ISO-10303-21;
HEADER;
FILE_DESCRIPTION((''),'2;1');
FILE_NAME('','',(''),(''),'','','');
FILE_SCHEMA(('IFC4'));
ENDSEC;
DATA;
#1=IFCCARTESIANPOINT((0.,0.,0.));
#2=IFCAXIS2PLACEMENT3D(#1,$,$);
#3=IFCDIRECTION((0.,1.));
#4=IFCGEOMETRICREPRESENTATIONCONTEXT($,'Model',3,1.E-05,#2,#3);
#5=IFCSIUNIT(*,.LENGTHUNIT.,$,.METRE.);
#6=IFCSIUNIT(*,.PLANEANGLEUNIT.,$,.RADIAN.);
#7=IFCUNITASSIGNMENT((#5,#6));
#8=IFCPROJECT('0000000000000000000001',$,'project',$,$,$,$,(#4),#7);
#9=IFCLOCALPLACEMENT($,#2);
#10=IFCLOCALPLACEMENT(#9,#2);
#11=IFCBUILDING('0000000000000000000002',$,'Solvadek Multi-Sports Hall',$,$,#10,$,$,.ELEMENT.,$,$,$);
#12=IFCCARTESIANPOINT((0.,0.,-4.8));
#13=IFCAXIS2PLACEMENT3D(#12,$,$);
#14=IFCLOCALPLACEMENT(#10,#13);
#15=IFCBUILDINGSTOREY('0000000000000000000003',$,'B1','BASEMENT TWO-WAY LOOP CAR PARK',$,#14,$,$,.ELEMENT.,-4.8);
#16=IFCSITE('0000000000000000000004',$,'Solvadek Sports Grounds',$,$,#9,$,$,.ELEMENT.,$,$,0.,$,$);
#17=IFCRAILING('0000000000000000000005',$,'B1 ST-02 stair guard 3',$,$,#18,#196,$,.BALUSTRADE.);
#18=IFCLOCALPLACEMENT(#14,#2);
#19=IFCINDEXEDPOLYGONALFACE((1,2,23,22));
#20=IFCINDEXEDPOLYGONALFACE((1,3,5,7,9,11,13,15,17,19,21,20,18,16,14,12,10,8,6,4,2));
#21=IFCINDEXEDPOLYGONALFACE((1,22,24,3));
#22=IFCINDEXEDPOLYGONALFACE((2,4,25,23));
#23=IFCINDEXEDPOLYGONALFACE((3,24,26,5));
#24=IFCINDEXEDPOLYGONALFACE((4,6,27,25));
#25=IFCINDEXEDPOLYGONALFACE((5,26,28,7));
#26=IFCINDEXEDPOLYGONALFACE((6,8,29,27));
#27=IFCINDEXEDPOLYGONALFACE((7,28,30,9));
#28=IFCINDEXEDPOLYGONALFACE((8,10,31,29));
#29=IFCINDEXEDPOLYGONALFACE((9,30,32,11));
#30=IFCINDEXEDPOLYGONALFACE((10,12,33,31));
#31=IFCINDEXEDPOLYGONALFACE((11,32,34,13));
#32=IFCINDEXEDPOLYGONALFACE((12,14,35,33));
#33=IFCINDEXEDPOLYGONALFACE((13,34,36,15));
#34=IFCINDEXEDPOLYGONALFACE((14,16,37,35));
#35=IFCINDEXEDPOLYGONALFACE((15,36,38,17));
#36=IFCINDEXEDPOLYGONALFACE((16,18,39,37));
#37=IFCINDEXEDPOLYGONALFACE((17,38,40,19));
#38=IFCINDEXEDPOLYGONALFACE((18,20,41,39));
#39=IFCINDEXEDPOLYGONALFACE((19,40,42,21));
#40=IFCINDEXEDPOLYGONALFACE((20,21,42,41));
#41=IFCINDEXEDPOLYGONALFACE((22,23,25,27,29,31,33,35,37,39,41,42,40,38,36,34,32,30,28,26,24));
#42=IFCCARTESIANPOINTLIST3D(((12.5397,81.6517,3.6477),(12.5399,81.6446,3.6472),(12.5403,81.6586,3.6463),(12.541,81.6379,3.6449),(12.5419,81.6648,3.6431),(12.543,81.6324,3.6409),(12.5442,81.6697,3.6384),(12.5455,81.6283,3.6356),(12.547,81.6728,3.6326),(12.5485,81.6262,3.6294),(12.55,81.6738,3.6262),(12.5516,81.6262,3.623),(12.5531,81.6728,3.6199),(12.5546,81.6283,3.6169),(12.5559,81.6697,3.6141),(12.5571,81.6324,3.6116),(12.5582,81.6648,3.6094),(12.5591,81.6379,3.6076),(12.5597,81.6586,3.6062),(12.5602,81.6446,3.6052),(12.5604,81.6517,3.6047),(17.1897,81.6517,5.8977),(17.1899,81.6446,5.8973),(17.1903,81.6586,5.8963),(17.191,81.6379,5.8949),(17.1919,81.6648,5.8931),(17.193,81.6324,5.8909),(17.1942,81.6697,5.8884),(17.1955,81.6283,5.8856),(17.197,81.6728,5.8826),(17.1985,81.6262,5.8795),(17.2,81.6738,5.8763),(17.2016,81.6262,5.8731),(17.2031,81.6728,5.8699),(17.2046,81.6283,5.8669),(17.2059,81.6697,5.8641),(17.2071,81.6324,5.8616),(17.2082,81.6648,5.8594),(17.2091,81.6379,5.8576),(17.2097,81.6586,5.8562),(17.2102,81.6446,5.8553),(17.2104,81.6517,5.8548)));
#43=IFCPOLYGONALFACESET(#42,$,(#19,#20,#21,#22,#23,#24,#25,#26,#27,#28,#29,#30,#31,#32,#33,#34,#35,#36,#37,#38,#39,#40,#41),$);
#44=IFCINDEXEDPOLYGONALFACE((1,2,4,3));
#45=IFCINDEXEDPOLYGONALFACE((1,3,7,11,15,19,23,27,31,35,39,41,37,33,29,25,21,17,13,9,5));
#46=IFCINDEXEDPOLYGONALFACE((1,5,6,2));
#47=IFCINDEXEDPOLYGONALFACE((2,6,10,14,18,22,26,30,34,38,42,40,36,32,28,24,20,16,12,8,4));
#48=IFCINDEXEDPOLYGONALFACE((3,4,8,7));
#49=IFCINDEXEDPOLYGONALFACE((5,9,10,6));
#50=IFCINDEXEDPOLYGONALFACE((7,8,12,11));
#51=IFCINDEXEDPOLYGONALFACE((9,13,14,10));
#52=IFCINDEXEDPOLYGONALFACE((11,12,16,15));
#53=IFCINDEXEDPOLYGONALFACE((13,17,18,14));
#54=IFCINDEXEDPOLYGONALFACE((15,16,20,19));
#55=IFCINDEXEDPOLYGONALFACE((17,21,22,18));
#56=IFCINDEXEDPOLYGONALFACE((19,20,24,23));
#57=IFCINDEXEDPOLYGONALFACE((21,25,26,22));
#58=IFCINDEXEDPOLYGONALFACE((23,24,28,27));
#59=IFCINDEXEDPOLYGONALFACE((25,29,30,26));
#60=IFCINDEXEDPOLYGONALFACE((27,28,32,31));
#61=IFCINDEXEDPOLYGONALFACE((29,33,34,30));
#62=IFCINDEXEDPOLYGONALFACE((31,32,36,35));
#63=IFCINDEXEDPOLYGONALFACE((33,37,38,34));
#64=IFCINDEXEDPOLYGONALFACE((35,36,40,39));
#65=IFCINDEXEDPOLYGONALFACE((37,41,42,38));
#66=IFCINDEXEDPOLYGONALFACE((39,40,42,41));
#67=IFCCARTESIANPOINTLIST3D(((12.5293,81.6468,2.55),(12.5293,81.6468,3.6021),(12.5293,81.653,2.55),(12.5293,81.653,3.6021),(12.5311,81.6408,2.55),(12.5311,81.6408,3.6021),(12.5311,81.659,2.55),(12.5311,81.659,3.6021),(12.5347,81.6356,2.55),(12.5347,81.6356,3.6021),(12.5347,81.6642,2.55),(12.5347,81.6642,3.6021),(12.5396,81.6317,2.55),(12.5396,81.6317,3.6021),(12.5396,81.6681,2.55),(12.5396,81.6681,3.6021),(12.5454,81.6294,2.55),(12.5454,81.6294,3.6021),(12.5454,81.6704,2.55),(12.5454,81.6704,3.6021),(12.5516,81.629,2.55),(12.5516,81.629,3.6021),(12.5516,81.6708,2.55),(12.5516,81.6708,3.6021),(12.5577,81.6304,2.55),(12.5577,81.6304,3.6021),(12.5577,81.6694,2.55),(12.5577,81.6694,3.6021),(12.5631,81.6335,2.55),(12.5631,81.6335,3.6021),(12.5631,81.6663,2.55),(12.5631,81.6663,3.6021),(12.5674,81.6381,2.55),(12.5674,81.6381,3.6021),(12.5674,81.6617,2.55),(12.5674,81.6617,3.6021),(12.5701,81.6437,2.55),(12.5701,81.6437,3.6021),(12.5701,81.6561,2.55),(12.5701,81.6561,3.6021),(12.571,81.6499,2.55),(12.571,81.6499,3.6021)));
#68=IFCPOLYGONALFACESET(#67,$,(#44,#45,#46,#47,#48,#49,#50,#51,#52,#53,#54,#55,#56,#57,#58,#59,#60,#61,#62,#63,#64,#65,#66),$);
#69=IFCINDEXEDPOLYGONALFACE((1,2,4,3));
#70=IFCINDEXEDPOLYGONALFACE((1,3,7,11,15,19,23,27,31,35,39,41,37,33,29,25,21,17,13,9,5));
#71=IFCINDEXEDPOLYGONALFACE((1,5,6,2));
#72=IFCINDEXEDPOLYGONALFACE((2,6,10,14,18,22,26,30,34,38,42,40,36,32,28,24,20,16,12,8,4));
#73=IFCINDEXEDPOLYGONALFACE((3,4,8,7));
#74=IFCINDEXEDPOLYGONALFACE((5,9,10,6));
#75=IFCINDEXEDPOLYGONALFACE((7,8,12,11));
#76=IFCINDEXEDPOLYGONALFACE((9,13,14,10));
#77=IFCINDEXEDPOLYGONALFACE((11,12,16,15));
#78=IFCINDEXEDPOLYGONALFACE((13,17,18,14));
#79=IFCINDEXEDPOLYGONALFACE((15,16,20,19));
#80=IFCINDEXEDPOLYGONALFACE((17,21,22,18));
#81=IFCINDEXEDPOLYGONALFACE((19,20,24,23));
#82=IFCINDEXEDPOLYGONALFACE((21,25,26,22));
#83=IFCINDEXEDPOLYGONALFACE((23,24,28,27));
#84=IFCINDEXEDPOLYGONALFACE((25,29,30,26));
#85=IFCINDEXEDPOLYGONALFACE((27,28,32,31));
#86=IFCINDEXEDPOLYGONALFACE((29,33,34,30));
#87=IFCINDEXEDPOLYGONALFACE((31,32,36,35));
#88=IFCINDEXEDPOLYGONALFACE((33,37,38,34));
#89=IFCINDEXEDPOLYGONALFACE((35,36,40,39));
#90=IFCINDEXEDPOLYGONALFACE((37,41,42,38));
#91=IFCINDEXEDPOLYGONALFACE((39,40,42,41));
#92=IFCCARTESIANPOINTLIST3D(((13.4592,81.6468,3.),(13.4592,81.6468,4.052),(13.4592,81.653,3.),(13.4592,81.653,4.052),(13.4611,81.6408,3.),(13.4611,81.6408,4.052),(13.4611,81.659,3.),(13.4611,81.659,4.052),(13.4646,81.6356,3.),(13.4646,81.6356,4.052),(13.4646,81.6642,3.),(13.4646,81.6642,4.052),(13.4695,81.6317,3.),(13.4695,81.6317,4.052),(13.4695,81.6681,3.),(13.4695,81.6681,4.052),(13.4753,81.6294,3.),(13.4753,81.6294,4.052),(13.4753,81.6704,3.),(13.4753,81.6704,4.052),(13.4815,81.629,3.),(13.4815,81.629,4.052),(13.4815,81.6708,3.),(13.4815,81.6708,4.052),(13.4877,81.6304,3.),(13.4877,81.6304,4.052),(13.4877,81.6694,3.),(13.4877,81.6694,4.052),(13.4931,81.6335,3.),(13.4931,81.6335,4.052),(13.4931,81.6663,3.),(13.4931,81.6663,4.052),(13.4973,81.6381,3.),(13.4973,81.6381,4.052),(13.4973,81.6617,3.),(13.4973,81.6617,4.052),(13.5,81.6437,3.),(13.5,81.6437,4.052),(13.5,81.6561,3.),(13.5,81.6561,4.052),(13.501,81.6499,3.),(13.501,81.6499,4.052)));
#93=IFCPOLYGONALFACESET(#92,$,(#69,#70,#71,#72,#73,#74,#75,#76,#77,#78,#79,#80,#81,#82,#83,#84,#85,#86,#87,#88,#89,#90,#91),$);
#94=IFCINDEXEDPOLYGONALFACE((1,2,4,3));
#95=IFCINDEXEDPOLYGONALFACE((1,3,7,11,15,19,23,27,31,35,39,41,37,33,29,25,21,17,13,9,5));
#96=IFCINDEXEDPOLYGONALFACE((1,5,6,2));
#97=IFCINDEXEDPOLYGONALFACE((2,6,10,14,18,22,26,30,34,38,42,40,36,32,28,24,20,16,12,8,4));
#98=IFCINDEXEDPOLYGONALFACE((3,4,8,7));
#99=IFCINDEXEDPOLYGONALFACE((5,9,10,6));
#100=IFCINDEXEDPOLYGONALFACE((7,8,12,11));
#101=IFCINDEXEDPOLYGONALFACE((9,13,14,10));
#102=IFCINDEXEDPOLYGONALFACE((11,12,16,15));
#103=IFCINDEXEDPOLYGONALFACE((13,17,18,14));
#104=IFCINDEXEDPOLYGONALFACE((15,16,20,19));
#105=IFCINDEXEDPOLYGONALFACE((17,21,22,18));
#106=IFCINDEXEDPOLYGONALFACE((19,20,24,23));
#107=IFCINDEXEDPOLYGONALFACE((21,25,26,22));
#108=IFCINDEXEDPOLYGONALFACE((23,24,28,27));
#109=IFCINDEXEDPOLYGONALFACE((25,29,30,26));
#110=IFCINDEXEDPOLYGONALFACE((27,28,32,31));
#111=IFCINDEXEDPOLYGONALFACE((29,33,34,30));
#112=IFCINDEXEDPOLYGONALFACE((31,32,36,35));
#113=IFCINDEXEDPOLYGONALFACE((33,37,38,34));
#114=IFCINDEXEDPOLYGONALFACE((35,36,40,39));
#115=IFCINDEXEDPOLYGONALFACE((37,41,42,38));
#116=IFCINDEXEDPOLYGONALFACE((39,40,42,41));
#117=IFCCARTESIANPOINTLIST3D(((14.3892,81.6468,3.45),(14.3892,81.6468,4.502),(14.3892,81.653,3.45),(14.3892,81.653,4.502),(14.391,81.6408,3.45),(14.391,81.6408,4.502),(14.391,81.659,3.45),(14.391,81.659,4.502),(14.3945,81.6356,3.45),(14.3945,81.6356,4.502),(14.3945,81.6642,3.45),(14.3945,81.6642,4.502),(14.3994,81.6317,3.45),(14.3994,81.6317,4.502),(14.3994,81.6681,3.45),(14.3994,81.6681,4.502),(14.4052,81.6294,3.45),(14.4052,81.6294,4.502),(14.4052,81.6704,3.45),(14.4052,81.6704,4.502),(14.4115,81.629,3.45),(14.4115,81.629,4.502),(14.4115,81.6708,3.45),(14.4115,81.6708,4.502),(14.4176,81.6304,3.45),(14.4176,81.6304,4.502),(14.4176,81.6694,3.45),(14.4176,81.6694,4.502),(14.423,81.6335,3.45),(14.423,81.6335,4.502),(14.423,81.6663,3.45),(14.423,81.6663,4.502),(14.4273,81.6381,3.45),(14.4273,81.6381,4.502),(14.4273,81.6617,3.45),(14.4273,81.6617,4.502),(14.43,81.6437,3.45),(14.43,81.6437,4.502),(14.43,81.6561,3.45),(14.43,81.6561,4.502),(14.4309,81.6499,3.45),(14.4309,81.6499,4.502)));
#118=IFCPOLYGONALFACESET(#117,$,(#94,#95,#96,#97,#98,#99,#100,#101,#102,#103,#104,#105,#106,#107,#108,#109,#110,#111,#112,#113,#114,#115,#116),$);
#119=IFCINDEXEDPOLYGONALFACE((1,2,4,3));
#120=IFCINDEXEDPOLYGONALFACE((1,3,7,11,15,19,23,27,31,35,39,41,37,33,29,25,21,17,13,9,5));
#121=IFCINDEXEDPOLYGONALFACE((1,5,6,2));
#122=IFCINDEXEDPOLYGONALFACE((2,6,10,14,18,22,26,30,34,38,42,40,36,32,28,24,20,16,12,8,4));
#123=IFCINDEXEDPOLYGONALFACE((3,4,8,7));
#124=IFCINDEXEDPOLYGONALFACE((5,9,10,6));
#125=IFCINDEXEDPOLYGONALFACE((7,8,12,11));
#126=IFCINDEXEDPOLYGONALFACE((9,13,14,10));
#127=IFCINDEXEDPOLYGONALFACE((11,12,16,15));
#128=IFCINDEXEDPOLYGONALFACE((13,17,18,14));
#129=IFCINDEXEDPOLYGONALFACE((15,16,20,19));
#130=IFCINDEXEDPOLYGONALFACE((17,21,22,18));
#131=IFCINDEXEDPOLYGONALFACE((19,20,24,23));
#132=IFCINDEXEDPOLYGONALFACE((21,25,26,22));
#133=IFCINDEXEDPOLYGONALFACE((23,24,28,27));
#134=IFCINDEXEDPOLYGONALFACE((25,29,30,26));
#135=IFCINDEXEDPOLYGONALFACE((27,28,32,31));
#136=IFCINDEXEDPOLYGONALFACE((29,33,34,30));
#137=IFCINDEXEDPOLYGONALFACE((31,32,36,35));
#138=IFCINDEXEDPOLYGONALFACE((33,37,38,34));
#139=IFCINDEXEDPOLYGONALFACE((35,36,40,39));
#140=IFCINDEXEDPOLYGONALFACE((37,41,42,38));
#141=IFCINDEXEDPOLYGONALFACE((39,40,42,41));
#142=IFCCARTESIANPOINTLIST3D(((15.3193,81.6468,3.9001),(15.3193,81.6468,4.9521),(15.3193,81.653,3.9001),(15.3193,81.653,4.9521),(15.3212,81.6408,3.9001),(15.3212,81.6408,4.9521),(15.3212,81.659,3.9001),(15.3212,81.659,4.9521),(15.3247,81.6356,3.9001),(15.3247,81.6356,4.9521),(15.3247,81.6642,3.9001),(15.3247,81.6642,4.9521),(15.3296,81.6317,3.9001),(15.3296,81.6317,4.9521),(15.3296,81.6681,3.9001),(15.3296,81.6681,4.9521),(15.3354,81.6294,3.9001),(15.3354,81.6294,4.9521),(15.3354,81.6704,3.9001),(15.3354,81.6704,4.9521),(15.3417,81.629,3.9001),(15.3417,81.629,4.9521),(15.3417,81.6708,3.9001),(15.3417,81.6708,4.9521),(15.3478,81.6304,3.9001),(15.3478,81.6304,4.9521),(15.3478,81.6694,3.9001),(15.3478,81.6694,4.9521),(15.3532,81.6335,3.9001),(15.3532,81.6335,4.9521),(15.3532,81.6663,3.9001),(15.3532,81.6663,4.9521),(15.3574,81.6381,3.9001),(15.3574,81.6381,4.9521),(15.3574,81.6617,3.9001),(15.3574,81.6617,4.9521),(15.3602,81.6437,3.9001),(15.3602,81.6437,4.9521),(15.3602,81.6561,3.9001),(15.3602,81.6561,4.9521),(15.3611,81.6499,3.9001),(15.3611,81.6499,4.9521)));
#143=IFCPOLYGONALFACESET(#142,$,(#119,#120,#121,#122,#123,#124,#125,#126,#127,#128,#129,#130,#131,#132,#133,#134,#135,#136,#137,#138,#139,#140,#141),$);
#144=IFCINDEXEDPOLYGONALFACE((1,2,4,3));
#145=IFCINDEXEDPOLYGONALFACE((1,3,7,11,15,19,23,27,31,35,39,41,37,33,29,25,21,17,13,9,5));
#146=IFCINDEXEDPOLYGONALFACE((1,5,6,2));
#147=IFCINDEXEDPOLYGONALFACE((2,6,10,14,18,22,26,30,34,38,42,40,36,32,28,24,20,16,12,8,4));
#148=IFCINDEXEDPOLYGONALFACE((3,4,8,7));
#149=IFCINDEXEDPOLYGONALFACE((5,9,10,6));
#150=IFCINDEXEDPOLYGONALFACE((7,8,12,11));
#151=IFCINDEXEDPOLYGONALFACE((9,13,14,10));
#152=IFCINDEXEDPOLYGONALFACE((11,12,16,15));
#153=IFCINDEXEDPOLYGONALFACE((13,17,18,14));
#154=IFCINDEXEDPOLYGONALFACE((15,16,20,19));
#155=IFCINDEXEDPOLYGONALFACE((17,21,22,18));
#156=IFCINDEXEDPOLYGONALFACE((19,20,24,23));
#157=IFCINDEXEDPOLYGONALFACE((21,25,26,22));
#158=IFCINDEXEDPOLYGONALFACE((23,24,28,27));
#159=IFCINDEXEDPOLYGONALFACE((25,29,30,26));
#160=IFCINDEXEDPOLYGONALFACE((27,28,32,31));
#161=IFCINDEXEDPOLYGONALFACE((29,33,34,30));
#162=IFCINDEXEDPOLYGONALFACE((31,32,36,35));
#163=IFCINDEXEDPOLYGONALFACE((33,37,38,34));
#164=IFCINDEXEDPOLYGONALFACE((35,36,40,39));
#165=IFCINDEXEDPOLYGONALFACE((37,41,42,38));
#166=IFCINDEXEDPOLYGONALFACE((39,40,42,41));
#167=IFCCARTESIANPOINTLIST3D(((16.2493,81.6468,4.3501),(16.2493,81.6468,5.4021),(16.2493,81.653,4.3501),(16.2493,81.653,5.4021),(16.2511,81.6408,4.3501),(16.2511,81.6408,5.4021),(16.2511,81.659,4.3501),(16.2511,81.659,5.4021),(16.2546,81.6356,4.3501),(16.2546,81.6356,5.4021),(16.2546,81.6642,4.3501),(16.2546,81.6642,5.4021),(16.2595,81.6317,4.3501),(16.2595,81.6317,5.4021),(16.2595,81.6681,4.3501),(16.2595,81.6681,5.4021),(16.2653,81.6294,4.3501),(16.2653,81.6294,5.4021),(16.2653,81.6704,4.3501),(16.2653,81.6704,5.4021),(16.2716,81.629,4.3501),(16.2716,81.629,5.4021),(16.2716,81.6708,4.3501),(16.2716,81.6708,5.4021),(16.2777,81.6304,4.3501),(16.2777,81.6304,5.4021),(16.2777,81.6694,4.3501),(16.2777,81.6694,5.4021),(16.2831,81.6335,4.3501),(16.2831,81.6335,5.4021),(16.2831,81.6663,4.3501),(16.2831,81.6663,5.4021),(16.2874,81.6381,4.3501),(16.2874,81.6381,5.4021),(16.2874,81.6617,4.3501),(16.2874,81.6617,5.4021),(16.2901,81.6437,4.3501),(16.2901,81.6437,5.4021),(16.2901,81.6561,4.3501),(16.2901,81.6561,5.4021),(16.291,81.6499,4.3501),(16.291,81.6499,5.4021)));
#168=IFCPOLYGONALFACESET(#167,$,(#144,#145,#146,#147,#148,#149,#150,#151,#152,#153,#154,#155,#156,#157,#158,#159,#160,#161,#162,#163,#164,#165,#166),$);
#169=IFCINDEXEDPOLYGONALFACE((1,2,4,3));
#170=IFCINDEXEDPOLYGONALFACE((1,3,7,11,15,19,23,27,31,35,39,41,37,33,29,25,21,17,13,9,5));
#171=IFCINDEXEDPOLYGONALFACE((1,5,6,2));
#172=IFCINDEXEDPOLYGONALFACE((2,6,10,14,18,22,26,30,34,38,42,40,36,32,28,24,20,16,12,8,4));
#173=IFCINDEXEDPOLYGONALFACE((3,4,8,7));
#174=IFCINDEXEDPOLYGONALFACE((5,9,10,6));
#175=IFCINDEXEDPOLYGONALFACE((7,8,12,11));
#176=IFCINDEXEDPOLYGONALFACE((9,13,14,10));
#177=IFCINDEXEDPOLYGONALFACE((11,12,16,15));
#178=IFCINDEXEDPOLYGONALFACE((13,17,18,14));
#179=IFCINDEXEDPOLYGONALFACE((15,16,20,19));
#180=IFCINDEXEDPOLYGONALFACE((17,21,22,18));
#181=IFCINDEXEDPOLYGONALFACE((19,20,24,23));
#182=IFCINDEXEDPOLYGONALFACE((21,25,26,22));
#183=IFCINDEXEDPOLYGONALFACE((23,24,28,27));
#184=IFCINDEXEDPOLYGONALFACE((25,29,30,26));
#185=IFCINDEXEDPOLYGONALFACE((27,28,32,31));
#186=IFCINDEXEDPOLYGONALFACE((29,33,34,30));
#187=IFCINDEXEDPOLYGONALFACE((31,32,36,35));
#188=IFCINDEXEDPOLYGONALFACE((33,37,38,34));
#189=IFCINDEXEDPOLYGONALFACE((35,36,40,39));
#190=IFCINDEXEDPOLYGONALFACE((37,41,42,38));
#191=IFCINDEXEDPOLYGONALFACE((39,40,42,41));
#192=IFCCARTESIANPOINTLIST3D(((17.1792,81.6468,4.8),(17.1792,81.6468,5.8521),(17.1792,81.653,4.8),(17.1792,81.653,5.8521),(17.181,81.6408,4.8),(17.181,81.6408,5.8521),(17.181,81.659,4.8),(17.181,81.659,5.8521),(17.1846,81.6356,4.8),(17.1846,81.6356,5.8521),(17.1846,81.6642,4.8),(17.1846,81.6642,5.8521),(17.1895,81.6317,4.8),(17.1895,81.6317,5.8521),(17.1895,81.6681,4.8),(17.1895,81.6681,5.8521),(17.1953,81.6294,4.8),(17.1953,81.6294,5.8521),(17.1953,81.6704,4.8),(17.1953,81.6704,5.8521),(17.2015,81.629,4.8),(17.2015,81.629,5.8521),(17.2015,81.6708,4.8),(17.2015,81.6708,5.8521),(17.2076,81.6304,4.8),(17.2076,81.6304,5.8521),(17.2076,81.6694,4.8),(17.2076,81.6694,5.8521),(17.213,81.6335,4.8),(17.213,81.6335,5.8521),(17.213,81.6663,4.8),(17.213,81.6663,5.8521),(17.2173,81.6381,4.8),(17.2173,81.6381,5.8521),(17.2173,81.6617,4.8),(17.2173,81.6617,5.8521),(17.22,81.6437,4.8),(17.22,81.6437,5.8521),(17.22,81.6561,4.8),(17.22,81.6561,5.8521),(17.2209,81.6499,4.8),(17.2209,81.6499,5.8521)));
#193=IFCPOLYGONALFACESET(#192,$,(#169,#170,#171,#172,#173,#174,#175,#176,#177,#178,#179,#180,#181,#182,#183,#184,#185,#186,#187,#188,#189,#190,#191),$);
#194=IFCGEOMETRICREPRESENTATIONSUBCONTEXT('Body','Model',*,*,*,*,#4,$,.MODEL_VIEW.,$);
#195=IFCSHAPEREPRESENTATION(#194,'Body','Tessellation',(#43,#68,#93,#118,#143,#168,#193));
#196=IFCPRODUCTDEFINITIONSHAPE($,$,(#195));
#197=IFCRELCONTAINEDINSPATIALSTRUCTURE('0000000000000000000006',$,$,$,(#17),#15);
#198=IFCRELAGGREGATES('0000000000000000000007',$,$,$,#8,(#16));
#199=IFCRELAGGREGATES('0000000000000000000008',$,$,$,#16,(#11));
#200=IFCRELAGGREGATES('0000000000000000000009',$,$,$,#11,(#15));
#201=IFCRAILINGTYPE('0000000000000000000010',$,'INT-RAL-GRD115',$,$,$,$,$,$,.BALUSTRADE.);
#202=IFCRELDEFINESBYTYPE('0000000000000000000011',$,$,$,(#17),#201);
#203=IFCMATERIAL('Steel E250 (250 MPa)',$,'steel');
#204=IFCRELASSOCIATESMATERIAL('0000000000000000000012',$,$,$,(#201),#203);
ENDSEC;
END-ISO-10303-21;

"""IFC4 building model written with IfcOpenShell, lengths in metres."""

from ifc_helpers import new_model, si_unit, direction, frame, origin, origin_2d, place, context, subcontext, project, spatial, circle, extrude, material, type_object, element, save


model = new_model("IFC4")

# Units and contexts
model_context = context("Model", 3, precision=1e-05, world=origin(), true_north=direction((0.0, 1.0)))
body_context = subcontext(model_context, "Body", "Model", "MODEL_VIEW")
ifc_project = project(units=[si_unit("LENGTHUNIT", "METRE"), si_unit("PLANEANGLEUNIT", "RADIAN")], contexts=[model_context])

# Site, building, storey
site_placement = place(None, origin())
site = spatial("IfcSite", under=ifc_project, at=site_placement, Name="Solvadek Sports Grounds", CompositionType="ELEMENT", RefElevation=0.0)
building_placement = place(site_placement, origin())
building = spatial("IfcBuilding", under=site, at=building_placement, Name="Solvadek Multi-Sports Hall", CompositionType="ELEMENT")
storey_placement = place(building_placement, frame((0.0, 0.0, -4.8)))
storey = spatial("IfcBuildingStorey", under=building, at=storey_placement, Name="B1", Description="BASEMENT TWO-WAY LOOP CAR PARK", CompositionType="ELEMENT", Elevation=-4.8)

# Railing
ifc_material_1 = material(Name="Steel E250 (250 MPa)", Category="steel")
railing_type_1 = type_object("IfcRailingType", Name="INT-RAL-GRD115", PredefinedType="BALUSTRADE", material=ifc_material_1)
railing_1_placement = place(storey_placement, frame((12.55, 81.6499, 2.55)))
element("IfcRailing", 1, at=railing_1_placement, inside=storey, type_object=railing_type_1, Name="B1 ST-02 stair guard 3", PredefinedType="BALUSTRADE", context=body_context, shape_type="SweptSolid", body=[
    extrude(circle(Radius=0.0239, at=origin_2d()), frame((0.0, 0.0, 1.0762), z_axis=(0.900156, 0.0, 0.435568), x_axis=(0.0, 1.0, 0.0)), (0.0, 0.0, 1.0), 5.1658),
    extrude(circle(Radius=0.021, at=origin_2d()), origin(), (0.0, 0.0, 1.0), 1.052),
    extrude(circle(Radius=0.021, at=origin_2d()), frame((0.9299, 0.0, 0.45)), (0.0, 0.0, 1.0), 1.052),
    extrude(circle(Radius=0.021, at=origin_2d()), frame((1.8599, 0.0, 0.8999)), (0.0, 0.0, 1.0), 1.052),
    extrude(circle(Radius=0.021, at=origin_2d()), frame((2.79, 0.0, 1.3501)), (0.0, 0.0, 1.0), 1.052),
    extrude(circle(Radius=0.021, at=origin_2d()), frame((3.72, 0.0, 1.8)), (0.0, 0.0, 1.0), 1.052),
    extrude(circle(Radius=0.021, at=origin_2d()), frame((4.6499, 0.0, 2.25)), (0.0, 0.0, 1.0), 1.052),
])

save(model, "model.ifc")
